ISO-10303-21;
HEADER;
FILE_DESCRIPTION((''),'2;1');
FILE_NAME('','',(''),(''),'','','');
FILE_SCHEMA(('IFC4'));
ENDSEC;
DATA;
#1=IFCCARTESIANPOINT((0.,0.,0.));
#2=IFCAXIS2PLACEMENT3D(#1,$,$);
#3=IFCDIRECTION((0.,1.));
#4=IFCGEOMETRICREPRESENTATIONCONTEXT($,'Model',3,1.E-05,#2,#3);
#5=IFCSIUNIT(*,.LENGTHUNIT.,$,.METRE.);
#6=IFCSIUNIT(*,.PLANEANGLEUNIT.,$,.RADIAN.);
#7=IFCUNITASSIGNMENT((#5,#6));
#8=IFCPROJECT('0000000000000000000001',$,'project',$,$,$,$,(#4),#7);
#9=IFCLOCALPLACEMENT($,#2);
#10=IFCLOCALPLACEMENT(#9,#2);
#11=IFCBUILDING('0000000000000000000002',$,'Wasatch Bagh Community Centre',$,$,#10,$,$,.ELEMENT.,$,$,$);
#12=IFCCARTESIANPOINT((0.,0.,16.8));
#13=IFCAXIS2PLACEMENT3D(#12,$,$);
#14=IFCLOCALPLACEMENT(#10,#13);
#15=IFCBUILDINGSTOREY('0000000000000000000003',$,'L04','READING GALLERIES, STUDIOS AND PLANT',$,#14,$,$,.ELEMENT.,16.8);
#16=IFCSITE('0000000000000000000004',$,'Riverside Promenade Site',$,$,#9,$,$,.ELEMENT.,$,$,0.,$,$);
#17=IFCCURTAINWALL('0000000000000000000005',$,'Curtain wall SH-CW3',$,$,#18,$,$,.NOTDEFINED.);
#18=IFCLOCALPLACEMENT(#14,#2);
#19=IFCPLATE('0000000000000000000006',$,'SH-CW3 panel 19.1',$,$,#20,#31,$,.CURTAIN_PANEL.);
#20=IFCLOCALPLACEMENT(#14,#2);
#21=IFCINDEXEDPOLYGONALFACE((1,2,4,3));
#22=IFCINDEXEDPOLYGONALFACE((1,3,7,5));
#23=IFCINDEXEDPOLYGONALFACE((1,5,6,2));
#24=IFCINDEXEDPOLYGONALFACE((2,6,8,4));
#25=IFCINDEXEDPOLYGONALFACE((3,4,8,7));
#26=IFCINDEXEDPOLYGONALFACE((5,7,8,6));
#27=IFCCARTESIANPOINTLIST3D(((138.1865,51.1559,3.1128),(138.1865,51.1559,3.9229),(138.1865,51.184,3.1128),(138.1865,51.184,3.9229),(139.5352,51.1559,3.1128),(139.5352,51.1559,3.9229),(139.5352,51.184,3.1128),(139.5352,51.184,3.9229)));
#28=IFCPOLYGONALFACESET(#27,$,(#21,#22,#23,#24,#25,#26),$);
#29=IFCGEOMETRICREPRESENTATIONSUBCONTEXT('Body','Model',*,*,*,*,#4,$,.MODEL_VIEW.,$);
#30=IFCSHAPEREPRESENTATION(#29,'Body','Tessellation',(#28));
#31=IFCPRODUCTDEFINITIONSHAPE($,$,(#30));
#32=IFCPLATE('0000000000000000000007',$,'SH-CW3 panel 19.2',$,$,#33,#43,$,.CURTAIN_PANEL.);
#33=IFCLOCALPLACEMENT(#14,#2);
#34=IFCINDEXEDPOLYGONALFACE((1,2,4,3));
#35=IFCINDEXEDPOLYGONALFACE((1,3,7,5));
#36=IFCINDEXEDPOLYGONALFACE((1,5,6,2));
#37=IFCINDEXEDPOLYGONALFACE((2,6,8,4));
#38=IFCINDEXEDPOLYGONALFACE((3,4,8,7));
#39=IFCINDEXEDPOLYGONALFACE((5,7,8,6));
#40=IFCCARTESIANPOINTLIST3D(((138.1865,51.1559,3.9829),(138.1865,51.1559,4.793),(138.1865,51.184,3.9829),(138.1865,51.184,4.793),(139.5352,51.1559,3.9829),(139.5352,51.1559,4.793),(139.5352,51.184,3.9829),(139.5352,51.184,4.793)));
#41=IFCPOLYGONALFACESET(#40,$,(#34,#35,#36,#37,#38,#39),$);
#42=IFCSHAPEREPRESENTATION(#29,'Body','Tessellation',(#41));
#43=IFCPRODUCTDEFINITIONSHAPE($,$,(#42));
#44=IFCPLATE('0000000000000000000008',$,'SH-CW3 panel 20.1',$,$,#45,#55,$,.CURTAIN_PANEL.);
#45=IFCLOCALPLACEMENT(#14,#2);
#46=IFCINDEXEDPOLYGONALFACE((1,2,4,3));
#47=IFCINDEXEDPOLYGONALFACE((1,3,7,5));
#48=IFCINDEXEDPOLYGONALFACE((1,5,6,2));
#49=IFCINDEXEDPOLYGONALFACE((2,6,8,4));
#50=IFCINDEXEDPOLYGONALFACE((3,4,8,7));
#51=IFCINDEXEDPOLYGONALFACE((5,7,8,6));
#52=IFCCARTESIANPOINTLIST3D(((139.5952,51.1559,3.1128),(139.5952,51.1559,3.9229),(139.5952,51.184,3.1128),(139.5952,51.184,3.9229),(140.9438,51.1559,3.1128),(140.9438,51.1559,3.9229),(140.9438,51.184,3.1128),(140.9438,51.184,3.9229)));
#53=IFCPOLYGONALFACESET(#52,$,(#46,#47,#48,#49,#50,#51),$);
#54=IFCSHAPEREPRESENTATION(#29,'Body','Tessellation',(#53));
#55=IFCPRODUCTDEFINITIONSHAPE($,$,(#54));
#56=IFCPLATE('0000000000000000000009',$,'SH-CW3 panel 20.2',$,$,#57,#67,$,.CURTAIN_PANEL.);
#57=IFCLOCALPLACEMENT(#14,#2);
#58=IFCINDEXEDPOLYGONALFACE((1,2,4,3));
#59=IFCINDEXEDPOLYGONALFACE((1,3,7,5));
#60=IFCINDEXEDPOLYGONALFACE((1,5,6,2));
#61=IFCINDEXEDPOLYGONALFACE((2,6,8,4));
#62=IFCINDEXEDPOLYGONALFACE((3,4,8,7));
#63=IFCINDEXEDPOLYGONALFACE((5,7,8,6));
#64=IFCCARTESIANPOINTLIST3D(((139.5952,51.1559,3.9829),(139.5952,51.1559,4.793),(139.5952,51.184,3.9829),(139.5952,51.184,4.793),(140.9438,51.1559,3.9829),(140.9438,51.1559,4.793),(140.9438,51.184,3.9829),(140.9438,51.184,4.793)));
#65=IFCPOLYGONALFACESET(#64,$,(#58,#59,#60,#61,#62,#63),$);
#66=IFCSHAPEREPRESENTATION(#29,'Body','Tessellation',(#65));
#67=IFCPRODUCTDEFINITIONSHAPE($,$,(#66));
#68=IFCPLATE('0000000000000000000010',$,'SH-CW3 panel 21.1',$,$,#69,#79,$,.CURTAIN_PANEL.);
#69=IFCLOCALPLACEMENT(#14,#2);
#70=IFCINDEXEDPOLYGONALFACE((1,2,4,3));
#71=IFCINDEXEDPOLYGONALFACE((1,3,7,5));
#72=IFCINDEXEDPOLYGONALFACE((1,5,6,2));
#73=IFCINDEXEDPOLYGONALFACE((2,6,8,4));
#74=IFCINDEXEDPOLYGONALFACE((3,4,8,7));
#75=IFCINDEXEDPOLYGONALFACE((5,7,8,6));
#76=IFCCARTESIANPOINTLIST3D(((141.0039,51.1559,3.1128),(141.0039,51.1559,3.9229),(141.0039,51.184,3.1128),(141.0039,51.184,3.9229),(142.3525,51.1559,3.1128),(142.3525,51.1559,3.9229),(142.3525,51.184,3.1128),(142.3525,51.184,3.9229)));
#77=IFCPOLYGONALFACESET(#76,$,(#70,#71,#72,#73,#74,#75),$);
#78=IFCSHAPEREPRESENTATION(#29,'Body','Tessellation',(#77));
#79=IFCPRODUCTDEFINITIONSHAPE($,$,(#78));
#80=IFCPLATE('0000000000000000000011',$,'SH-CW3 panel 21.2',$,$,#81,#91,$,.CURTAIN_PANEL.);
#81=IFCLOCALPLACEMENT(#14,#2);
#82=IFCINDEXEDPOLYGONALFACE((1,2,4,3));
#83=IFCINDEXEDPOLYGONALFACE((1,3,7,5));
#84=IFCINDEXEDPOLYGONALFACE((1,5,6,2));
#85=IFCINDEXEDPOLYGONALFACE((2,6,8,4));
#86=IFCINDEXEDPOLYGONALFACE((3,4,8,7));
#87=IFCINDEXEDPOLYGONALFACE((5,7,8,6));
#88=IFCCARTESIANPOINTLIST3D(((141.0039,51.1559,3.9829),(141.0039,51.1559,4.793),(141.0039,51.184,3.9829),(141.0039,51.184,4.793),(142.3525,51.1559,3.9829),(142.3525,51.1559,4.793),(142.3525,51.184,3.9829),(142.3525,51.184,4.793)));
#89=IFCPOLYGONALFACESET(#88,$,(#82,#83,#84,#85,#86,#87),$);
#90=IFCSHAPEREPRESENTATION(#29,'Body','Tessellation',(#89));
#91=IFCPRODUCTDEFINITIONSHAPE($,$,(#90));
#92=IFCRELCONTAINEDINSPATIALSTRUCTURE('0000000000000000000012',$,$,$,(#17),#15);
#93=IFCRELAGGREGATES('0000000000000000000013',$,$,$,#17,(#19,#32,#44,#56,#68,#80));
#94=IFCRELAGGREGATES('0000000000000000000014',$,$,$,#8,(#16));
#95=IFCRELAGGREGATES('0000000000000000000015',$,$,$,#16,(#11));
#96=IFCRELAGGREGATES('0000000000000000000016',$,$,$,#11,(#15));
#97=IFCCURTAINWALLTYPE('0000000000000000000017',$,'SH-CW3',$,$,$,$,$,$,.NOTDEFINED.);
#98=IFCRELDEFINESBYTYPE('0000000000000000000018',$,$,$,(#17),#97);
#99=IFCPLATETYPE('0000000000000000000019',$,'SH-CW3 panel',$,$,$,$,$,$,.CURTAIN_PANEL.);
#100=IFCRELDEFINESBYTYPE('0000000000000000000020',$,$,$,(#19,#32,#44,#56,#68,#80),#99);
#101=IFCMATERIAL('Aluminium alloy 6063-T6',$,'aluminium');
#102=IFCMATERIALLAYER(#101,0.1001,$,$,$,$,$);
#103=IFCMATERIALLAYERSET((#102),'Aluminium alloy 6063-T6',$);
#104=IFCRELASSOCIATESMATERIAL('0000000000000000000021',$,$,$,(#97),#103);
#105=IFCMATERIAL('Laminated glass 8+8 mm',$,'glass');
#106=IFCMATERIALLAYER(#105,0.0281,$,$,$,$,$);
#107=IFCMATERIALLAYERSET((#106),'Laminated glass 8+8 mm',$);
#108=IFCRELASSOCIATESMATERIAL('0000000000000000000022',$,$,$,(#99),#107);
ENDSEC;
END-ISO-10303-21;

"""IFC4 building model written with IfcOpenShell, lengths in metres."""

from ifc_helpers import new_model, si_unit, direction, frame, origin, origin_2d, place, context, subcontext, project, spatial, rectangle, extrude, material, layer, layer_set, type_object, element, aggregate, save


model = new_model("IFC4")

# Units and contexts
model_context = context("Model", 3, precision=1e-05, world=origin(), true_north=direction((0.0, 1.0)))
body_context = subcontext(model_context, "Body", "Model", "MODEL_VIEW")
ifc_project = project(units=[si_unit("LENGTHUNIT", "METRE"), si_unit("PLANEANGLEUNIT", "RADIAN")], contexts=[model_context])

# Site, building, storey
site_placement = place(None, origin())
site = spatial("IfcSite", under=ifc_project, at=site_placement, Name="Riverside Promenade Site", CompositionType="ELEMENT", RefElevation=0.0)
building_placement = place(site_placement, origin())
building = spatial("IfcBuilding", under=site, at=building_placement, Name="Wasatch Bagh Community Centre", CompositionType="ELEMENT")
storey_placement = place(building_placement, frame((0.0, 0.0, 16.8)))
storey = spatial("IfcBuildingStorey", under=building, at=storey_placement, Name="L04", Description="READING GALLERIES, STUDIOS AND PLANT", CompositionType="ELEMENT", Elevation=16.8)

# Curtain wall
ifc_material_1 = material(Name="Aluminium alloy 6063-T6", Category="aluminium")
ifc_layer_1 = layer(ifc_material_1, 0.1001)
ifc_layer_set_1 = layer_set([ifc_layer_1], Name="Aluminium alloy 6063-T6")
curtain_wall_type = type_object("IfcCurtainWallType", Name="SH-CW3", PredefinedType="NOTDEFINED", material=ifc_layer_set_1)
curtain_wall_1_placement = place(storey_placement, origin())
curtain_wall_1 = element("IfcCurtainWall", 1, at=curtain_wall_1_placement, inside=storey, type_object=curtain_wall_type, Name="Curtain wall SH-CW3", PredefinedType="NOTDEFINED")

# Plates
ifc_material_2 = material(Name="Laminated glass 8+8 mm", Category="glass")
ifc_layer_2 = layer(ifc_material_2, 0.0281)
ifc_layer_set_2 = layer_set([ifc_layer_2], Name="Laminated glass 8+8 mm")
plate_type = type_object("IfcPlateType", Name="SH-CW3 panel", PredefinedType="CURTAIN_PANEL", material=ifc_layer_set_2)
plate_1_placement = place(storey_placement, frame((138.8608, 51.1699, 3.1128), z_axis=(0.0, 0.0, 1.0), x_axis=(1.0, 0.0, 0.0)))
plate_1 = element("IfcPlate", 2, at=plate_1_placement, type_object=plate_type, Name="SH-CW3 panel 19.1", PredefinedType="CURTAIN_PANEL", context=body_context, shape_type="SweptSolid", body=[
    extrude(rectangle(XDim=1.3486, YDim=0.0281, at=origin_2d()), origin(), (0.0, 0.0, 1.0), 0.8101),
])
plate_2_placement = place(storey_placement, frame((138.8608, 51.1699, 3.9829), z_axis=(0.0, 0.0, 1.0), x_axis=(1.0, 0.0, 0.0)))
plate_2 = element("IfcPlate", 3, at=plate_2_placement, type_object=plate_type, Name="SH-CW3 panel 19.2", PredefinedType="CURTAIN_PANEL", context=body_context, shape_type="SweptSolid", body=[
    extrude(rectangle(XDim=1.3486, YDim=0.0281, at=origin_2d()), origin(), (0.0, 0.0, 1.0), 0.8101),
])
plate_3_placement = place(storey_placement, frame((140.2695, 51.1699, 3.1128), z_axis=(0.0, 0.0, 1.0), x_axis=(1.0, 0.0, 0.0)))
plate_3 = element("IfcPlate", 4, at=plate_3_placement, type_object=plate_type, Name="SH-CW3 panel 20.1", PredefinedType="CURTAIN_PANEL", context=body_context, shape_type="SweptSolid", body=[
    extrude(rectangle(XDim=1.3486, YDim=0.0281, at=origin_2d()), origin(), (0.0, 0.0, 1.0), 0.8101),
])
plate_4_placement = place(storey_placement, frame((140.2695, 51.1699, 3.9829), z_axis=(0.0, 0.0, 1.0), x_axis=(1.0, 0.0, 0.0)))
plate_4 = element("IfcPlate", 5, at=plate_4_placement, type_object=plate_type, Name="SH-CW3 panel 20.2", PredefinedType="CURTAIN_PANEL", context=body_context, shape_type="SweptSolid", body=[
    extrude(rectangle(XDim=1.3486, YDim=0.0281, at=origin_2d()), origin(), (0.0, 0.0, 1.0), 0.8101),
])
plate_5_placement = place(storey_placement, frame((141.6782, 51.1699, 3.1128), z_axis=(0.0, 0.0, 1.0), x_axis=(1.0, 0.0, 0.0)))
plate_5 = element("IfcPlate", 6, at=plate_5_placement, type_object=plate_type, Name="SH-CW3 panel 21.1", PredefinedType="CURTAIN_PANEL", context=body_context, shape_type="SweptSolid", body=[
    extrude(rectangle(XDim=1.3486, YDim=0.0281, at=origin_2d()), origin(), (0.0, 0.0, 1.0), 0.8101),
])
plate_6_placement = place(storey_placement, frame((141.6782, 51.1699, 3.9829), z_axis=(0.0, 0.0, 1.0), x_axis=(1.0, 0.0, 0.0)))
plate_6 = element("IfcPlate", 7, at=plate_6_placement, type_object=plate_type, Name="SH-CW3 panel 21.2", PredefinedType="CURTAIN_PANEL", context=body_context, shape_type="SweptSolid", body=[
    extrude(rectangle(XDim=1.3486, YDim=0.0281, at=origin_2d()), origin(), (0.0, 0.0, 1.0), 0.8101),
])
aggregate(curtain_wall_1, [plate_1, plate_2, plate_3, plate_4, plate_5, plate_6])

save(model, "model.ifc")
